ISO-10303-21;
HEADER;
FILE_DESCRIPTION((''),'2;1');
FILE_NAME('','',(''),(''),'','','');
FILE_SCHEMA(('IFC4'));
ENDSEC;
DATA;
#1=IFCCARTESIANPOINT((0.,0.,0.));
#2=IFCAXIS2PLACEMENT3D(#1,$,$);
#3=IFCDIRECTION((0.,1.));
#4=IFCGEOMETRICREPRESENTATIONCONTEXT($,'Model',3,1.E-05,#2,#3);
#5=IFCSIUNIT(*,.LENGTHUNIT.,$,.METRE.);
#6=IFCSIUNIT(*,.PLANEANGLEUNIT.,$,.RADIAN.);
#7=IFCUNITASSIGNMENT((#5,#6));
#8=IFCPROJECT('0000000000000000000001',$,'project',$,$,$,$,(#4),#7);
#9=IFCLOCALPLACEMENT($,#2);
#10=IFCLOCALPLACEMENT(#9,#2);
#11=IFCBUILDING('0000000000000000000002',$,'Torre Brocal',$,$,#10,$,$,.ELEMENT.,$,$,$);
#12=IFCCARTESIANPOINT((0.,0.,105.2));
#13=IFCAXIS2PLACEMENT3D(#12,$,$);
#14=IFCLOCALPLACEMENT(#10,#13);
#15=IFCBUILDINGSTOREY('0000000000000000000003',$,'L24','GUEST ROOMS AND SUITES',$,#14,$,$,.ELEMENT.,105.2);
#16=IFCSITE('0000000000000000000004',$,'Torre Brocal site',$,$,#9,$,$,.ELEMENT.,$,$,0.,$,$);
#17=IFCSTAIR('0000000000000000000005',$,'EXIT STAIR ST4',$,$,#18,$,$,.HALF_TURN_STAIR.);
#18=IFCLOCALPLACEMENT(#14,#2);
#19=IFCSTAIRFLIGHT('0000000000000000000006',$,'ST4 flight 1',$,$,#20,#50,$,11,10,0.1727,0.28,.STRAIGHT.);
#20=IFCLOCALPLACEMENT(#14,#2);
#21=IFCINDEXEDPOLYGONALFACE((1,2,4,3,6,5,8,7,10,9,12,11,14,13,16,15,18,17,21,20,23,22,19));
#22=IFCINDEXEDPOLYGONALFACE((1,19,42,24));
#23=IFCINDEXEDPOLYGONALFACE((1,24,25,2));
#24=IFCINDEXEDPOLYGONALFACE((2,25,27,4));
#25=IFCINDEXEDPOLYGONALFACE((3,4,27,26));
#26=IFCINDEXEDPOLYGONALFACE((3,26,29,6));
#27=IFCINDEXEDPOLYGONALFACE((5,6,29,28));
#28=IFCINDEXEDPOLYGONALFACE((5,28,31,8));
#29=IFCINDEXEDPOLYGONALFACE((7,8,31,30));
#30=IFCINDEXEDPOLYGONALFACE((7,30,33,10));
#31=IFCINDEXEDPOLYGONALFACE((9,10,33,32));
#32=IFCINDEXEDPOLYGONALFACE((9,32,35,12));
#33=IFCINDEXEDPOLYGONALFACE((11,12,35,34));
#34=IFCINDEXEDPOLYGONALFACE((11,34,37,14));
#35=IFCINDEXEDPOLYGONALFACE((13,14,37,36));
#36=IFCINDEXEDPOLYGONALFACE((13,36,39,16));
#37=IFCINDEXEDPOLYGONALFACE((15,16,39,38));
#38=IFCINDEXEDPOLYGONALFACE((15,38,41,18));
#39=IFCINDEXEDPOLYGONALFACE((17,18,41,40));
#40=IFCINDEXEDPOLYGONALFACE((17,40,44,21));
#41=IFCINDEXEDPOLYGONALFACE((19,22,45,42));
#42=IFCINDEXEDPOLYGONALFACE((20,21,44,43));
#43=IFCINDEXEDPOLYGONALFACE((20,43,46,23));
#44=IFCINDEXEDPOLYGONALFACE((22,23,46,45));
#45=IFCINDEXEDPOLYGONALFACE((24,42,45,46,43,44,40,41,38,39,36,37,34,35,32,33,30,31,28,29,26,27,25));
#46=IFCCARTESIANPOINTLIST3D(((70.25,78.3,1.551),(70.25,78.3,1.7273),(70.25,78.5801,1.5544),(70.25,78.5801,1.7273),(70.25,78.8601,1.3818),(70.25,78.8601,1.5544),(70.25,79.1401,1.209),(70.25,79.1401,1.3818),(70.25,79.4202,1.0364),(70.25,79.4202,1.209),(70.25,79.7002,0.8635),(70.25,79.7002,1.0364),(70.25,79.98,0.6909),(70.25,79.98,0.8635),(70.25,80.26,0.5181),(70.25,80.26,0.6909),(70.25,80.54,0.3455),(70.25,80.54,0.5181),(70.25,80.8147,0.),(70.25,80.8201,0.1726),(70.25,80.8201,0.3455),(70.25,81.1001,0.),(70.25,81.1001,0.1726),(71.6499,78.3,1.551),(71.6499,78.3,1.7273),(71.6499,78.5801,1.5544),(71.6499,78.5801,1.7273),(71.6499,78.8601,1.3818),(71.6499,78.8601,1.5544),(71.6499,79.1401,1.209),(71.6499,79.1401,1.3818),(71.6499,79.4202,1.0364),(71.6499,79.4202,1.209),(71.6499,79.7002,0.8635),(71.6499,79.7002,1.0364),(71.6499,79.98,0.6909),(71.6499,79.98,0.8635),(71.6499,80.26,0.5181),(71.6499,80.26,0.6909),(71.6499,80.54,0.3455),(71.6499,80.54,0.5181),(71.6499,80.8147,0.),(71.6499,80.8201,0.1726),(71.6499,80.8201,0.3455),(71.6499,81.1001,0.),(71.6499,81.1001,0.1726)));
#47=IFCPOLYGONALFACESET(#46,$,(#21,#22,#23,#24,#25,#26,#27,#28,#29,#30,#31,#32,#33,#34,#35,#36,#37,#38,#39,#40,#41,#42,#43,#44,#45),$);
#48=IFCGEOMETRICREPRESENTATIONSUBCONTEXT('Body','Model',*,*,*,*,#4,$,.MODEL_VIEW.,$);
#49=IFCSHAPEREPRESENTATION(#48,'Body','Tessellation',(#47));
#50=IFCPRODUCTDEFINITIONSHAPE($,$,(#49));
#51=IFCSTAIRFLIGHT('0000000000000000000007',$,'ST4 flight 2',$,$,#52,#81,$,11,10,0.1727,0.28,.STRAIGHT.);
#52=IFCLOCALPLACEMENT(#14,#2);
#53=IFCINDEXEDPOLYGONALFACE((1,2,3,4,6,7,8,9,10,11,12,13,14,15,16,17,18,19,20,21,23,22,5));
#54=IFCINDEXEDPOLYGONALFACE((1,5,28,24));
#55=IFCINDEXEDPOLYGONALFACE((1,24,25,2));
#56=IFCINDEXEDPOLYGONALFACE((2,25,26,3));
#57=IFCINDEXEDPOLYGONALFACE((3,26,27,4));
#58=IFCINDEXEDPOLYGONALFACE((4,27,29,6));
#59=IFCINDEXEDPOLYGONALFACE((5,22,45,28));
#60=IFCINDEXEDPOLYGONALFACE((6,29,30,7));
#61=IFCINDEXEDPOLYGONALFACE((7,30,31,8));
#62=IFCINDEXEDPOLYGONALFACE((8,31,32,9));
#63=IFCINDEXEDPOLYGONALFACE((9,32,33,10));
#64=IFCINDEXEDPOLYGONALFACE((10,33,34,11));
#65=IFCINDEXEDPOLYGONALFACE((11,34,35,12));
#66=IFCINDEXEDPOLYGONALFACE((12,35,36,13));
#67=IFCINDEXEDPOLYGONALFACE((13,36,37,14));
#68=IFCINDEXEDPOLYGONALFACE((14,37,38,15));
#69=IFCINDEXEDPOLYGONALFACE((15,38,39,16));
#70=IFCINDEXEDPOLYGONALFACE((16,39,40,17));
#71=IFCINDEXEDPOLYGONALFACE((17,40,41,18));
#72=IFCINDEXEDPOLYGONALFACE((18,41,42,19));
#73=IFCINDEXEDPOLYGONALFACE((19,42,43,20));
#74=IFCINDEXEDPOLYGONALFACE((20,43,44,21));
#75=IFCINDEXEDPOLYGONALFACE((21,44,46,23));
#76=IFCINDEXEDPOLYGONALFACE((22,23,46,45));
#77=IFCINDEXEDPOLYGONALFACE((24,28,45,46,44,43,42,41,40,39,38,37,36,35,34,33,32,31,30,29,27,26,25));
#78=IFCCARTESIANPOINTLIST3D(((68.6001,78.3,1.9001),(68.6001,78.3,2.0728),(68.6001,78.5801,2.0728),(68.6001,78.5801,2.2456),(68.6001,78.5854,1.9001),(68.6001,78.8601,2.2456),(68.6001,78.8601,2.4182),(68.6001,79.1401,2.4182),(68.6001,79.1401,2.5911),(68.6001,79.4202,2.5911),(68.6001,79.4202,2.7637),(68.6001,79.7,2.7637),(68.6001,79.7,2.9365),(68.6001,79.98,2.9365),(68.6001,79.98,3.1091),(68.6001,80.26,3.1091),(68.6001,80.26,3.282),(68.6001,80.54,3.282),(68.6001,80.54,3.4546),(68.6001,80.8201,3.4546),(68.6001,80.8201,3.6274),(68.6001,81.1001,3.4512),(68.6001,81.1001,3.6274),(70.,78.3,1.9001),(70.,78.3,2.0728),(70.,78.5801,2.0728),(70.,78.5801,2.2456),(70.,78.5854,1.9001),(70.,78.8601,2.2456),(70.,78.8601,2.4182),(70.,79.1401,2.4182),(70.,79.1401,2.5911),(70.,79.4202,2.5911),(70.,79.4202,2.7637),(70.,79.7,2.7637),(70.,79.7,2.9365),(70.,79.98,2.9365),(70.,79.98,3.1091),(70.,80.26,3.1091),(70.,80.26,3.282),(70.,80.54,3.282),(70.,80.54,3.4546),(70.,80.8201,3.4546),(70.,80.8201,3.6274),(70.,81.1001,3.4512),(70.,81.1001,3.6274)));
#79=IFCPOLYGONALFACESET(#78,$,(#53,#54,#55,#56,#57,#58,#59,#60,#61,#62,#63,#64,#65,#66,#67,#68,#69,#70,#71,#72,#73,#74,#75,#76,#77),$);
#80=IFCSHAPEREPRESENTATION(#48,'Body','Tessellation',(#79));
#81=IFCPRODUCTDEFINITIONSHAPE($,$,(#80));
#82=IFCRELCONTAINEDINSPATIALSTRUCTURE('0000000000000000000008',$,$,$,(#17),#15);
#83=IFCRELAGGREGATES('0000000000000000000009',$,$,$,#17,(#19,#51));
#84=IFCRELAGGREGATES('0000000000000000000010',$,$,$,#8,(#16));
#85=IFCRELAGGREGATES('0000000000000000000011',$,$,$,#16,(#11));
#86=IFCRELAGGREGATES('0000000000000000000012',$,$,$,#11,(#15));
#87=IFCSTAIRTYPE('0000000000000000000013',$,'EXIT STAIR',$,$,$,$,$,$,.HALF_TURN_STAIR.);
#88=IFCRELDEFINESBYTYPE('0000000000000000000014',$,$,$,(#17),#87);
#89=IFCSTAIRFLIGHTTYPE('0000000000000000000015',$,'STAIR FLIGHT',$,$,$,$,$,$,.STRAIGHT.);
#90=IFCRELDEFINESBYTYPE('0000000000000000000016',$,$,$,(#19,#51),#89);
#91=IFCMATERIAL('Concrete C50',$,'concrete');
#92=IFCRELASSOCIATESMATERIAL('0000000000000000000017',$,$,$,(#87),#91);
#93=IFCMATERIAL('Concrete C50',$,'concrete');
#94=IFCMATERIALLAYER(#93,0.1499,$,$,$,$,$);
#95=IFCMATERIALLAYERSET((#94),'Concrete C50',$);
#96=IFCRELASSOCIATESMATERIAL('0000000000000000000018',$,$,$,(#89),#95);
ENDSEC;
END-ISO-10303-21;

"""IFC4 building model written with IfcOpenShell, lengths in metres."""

from ifc_helpers import new_model, si_unit, direction, frame, origin, place, context, subcontext, project, spatial, polyline, outline, extrude, material, layer, layer_set, type_object, element, aggregate, save


model = new_model("IFC4")

# Units and contexts
model_context = context("Model", 3, precision=1e-05, world=origin(), true_north=direction((0.0, 1.0)))
body_context = subcontext(model_context, "Body", "Model", "MODEL_VIEW")
ifc_project = project(units=[si_unit("LENGTHUNIT", "METRE"), si_unit("PLANEANGLEUNIT", "RADIAN")], contexts=[model_context])

# Site, building, storey
site_placement = place(None, origin())
site = spatial("IfcSite", under=ifc_project, at=site_placement, Name="Torre Brocal site", CompositionType="ELEMENT", RefElevation=0.0)
building_placement = place(site_placement, origin())
building = spatial("IfcBuilding", under=site, at=building_placement, Name="Torre Brocal", CompositionType="ELEMENT")
storey_placement = place(building_placement, frame((0.0, 0.0, 105.2)))
storey = spatial("IfcBuildingStorey", under=building, at=storey_placement, Name="L24", Description="GUEST ROOMS AND SUITES", CompositionType="ELEMENT", Elevation=105.2)

# Stair, stair flights
ifc_material_1 = material(Name="Concrete C50", Category="concrete")
stair_type = type_object("IfcStairType", Name="EXIT STAIR", PredefinedType="HALF_TURN_STAIR", material=ifc_material_1)
stair_placement = place(storey_placement, origin())
stair = element("IfcStair", 1, at=stair_placement, inside=storey, type_object=stair_type, Name="EXIT STAIR ST4", PredefinedType="HALF_TURN_STAIR")
ifc_material_2 = material(Name="Concrete C50", Category="concrete")
ifc_layer_1 = layer(ifc_material_2, 0.1499)
ifc_layer_set_1 = layer_set([ifc_layer_1], Name="Concrete C50")
stair_flight_type = type_object("IfcStairFlightType", Name="STAIR FLIGHT", PredefinedType="STRAIGHT", material=ifc_layer_set_1)
stair_flight_1_placement = place(storey_placement, frame((70.95, 81.1001, 0.0), z_axis=(0.0, 0.0, 1.0), x_axis=(0.0, -1.0, 0.0)))
stair_flight_1 = element("IfcStairFlight", 2, at=stair_flight_1_placement, type_object=stair_flight_type, Name="ST4 flight 1", NumberOfRisers=11, NumberOfTreads=10, PredefinedType="STRAIGHT", RiserHeight=0.1727, TreadLength=0.28, context=body_context, shape_type="SweptSolid", body=[
    extrude(outline(polyline([(0.0, 0.0), (0.0, 0.1726), (0.28, 0.1726), (0.28, 0.3455), (0.5601, 0.3455), (0.5601, 0.5181), (0.8401, 0.5181), (0.8401, 0.6909), (1.1201, 0.6909), (1.1201, 0.8635), (1.3999, 0.8635), (1.3999, 1.0364), (1.6799, 1.0364), (1.6799, 1.209), (1.96, 1.209), (1.96, 1.3818), (2.24, 1.3818), (2.24, 1.5544), (2.52, 1.5544), (2.52, 1.7273), (2.8, 1.7273), (2.8, 1.8999), (2.8, 1.551), (0.2854, 0.0), (0.0, 0.0)])), frame((0.0, 0.7, 0.0), z_axis=(0.0, -1.0, 0.0), x_axis=(1.0, 0.0, 0.0)), (0.0, 0.0, 1.0), 1.3999),
])
stair_flight_2_placement = place(storey_placement, frame((69.3, 78.3, 1.9001), z_axis=(0.0, 0.0, 1.0), x_axis=(0.0, 1.0, 0.0)))
stair_flight_2 = element("IfcStairFlight", 3, at=stair_flight_2_placement, type_object=stair_flight_type, Name="ST4 flight 2", NumberOfRisers=11, NumberOfTreads=10, PredefinedType="STRAIGHT", RiserHeight=0.1727, TreadLength=0.28, context=body_context, shape_type="SweptSolid", body=[
    extrude(outline(polyline([(0.0, 0.0), (0.0, 0.1726), (0.28, 0.1726), (0.28, 0.3455), (0.5601, 0.3455), (0.5601, 0.5181), (0.8401, 0.5181), (0.8401, 0.6909), (1.1201, 0.6909), (1.1201, 0.8635), (1.3999, 0.8635), (1.3999, 1.0364), (1.6799, 1.0364), (1.6799, 1.209), (1.96, 1.209), (1.96, 1.3818), (2.24, 1.3818), (2.24, 1.5544), (2.52, 1.5544), (2.52, 1.7273), (2.8, 1.7273), (2.8, 1.8999), (2.8, 1.551), (0.2854, 0.0), (0.0, 0.0)])), frame((0.0, 0.7, 0.0), z_axis=(0.0, -1.0, 0.0), x_axis=(1.0, 0.0, 0.0)), (0.0, 0.0, 1.0), 1.3999),
])
aggregate(stair, [stair_flight_1, stair_flight_2])

save(model, "model.ifc")
